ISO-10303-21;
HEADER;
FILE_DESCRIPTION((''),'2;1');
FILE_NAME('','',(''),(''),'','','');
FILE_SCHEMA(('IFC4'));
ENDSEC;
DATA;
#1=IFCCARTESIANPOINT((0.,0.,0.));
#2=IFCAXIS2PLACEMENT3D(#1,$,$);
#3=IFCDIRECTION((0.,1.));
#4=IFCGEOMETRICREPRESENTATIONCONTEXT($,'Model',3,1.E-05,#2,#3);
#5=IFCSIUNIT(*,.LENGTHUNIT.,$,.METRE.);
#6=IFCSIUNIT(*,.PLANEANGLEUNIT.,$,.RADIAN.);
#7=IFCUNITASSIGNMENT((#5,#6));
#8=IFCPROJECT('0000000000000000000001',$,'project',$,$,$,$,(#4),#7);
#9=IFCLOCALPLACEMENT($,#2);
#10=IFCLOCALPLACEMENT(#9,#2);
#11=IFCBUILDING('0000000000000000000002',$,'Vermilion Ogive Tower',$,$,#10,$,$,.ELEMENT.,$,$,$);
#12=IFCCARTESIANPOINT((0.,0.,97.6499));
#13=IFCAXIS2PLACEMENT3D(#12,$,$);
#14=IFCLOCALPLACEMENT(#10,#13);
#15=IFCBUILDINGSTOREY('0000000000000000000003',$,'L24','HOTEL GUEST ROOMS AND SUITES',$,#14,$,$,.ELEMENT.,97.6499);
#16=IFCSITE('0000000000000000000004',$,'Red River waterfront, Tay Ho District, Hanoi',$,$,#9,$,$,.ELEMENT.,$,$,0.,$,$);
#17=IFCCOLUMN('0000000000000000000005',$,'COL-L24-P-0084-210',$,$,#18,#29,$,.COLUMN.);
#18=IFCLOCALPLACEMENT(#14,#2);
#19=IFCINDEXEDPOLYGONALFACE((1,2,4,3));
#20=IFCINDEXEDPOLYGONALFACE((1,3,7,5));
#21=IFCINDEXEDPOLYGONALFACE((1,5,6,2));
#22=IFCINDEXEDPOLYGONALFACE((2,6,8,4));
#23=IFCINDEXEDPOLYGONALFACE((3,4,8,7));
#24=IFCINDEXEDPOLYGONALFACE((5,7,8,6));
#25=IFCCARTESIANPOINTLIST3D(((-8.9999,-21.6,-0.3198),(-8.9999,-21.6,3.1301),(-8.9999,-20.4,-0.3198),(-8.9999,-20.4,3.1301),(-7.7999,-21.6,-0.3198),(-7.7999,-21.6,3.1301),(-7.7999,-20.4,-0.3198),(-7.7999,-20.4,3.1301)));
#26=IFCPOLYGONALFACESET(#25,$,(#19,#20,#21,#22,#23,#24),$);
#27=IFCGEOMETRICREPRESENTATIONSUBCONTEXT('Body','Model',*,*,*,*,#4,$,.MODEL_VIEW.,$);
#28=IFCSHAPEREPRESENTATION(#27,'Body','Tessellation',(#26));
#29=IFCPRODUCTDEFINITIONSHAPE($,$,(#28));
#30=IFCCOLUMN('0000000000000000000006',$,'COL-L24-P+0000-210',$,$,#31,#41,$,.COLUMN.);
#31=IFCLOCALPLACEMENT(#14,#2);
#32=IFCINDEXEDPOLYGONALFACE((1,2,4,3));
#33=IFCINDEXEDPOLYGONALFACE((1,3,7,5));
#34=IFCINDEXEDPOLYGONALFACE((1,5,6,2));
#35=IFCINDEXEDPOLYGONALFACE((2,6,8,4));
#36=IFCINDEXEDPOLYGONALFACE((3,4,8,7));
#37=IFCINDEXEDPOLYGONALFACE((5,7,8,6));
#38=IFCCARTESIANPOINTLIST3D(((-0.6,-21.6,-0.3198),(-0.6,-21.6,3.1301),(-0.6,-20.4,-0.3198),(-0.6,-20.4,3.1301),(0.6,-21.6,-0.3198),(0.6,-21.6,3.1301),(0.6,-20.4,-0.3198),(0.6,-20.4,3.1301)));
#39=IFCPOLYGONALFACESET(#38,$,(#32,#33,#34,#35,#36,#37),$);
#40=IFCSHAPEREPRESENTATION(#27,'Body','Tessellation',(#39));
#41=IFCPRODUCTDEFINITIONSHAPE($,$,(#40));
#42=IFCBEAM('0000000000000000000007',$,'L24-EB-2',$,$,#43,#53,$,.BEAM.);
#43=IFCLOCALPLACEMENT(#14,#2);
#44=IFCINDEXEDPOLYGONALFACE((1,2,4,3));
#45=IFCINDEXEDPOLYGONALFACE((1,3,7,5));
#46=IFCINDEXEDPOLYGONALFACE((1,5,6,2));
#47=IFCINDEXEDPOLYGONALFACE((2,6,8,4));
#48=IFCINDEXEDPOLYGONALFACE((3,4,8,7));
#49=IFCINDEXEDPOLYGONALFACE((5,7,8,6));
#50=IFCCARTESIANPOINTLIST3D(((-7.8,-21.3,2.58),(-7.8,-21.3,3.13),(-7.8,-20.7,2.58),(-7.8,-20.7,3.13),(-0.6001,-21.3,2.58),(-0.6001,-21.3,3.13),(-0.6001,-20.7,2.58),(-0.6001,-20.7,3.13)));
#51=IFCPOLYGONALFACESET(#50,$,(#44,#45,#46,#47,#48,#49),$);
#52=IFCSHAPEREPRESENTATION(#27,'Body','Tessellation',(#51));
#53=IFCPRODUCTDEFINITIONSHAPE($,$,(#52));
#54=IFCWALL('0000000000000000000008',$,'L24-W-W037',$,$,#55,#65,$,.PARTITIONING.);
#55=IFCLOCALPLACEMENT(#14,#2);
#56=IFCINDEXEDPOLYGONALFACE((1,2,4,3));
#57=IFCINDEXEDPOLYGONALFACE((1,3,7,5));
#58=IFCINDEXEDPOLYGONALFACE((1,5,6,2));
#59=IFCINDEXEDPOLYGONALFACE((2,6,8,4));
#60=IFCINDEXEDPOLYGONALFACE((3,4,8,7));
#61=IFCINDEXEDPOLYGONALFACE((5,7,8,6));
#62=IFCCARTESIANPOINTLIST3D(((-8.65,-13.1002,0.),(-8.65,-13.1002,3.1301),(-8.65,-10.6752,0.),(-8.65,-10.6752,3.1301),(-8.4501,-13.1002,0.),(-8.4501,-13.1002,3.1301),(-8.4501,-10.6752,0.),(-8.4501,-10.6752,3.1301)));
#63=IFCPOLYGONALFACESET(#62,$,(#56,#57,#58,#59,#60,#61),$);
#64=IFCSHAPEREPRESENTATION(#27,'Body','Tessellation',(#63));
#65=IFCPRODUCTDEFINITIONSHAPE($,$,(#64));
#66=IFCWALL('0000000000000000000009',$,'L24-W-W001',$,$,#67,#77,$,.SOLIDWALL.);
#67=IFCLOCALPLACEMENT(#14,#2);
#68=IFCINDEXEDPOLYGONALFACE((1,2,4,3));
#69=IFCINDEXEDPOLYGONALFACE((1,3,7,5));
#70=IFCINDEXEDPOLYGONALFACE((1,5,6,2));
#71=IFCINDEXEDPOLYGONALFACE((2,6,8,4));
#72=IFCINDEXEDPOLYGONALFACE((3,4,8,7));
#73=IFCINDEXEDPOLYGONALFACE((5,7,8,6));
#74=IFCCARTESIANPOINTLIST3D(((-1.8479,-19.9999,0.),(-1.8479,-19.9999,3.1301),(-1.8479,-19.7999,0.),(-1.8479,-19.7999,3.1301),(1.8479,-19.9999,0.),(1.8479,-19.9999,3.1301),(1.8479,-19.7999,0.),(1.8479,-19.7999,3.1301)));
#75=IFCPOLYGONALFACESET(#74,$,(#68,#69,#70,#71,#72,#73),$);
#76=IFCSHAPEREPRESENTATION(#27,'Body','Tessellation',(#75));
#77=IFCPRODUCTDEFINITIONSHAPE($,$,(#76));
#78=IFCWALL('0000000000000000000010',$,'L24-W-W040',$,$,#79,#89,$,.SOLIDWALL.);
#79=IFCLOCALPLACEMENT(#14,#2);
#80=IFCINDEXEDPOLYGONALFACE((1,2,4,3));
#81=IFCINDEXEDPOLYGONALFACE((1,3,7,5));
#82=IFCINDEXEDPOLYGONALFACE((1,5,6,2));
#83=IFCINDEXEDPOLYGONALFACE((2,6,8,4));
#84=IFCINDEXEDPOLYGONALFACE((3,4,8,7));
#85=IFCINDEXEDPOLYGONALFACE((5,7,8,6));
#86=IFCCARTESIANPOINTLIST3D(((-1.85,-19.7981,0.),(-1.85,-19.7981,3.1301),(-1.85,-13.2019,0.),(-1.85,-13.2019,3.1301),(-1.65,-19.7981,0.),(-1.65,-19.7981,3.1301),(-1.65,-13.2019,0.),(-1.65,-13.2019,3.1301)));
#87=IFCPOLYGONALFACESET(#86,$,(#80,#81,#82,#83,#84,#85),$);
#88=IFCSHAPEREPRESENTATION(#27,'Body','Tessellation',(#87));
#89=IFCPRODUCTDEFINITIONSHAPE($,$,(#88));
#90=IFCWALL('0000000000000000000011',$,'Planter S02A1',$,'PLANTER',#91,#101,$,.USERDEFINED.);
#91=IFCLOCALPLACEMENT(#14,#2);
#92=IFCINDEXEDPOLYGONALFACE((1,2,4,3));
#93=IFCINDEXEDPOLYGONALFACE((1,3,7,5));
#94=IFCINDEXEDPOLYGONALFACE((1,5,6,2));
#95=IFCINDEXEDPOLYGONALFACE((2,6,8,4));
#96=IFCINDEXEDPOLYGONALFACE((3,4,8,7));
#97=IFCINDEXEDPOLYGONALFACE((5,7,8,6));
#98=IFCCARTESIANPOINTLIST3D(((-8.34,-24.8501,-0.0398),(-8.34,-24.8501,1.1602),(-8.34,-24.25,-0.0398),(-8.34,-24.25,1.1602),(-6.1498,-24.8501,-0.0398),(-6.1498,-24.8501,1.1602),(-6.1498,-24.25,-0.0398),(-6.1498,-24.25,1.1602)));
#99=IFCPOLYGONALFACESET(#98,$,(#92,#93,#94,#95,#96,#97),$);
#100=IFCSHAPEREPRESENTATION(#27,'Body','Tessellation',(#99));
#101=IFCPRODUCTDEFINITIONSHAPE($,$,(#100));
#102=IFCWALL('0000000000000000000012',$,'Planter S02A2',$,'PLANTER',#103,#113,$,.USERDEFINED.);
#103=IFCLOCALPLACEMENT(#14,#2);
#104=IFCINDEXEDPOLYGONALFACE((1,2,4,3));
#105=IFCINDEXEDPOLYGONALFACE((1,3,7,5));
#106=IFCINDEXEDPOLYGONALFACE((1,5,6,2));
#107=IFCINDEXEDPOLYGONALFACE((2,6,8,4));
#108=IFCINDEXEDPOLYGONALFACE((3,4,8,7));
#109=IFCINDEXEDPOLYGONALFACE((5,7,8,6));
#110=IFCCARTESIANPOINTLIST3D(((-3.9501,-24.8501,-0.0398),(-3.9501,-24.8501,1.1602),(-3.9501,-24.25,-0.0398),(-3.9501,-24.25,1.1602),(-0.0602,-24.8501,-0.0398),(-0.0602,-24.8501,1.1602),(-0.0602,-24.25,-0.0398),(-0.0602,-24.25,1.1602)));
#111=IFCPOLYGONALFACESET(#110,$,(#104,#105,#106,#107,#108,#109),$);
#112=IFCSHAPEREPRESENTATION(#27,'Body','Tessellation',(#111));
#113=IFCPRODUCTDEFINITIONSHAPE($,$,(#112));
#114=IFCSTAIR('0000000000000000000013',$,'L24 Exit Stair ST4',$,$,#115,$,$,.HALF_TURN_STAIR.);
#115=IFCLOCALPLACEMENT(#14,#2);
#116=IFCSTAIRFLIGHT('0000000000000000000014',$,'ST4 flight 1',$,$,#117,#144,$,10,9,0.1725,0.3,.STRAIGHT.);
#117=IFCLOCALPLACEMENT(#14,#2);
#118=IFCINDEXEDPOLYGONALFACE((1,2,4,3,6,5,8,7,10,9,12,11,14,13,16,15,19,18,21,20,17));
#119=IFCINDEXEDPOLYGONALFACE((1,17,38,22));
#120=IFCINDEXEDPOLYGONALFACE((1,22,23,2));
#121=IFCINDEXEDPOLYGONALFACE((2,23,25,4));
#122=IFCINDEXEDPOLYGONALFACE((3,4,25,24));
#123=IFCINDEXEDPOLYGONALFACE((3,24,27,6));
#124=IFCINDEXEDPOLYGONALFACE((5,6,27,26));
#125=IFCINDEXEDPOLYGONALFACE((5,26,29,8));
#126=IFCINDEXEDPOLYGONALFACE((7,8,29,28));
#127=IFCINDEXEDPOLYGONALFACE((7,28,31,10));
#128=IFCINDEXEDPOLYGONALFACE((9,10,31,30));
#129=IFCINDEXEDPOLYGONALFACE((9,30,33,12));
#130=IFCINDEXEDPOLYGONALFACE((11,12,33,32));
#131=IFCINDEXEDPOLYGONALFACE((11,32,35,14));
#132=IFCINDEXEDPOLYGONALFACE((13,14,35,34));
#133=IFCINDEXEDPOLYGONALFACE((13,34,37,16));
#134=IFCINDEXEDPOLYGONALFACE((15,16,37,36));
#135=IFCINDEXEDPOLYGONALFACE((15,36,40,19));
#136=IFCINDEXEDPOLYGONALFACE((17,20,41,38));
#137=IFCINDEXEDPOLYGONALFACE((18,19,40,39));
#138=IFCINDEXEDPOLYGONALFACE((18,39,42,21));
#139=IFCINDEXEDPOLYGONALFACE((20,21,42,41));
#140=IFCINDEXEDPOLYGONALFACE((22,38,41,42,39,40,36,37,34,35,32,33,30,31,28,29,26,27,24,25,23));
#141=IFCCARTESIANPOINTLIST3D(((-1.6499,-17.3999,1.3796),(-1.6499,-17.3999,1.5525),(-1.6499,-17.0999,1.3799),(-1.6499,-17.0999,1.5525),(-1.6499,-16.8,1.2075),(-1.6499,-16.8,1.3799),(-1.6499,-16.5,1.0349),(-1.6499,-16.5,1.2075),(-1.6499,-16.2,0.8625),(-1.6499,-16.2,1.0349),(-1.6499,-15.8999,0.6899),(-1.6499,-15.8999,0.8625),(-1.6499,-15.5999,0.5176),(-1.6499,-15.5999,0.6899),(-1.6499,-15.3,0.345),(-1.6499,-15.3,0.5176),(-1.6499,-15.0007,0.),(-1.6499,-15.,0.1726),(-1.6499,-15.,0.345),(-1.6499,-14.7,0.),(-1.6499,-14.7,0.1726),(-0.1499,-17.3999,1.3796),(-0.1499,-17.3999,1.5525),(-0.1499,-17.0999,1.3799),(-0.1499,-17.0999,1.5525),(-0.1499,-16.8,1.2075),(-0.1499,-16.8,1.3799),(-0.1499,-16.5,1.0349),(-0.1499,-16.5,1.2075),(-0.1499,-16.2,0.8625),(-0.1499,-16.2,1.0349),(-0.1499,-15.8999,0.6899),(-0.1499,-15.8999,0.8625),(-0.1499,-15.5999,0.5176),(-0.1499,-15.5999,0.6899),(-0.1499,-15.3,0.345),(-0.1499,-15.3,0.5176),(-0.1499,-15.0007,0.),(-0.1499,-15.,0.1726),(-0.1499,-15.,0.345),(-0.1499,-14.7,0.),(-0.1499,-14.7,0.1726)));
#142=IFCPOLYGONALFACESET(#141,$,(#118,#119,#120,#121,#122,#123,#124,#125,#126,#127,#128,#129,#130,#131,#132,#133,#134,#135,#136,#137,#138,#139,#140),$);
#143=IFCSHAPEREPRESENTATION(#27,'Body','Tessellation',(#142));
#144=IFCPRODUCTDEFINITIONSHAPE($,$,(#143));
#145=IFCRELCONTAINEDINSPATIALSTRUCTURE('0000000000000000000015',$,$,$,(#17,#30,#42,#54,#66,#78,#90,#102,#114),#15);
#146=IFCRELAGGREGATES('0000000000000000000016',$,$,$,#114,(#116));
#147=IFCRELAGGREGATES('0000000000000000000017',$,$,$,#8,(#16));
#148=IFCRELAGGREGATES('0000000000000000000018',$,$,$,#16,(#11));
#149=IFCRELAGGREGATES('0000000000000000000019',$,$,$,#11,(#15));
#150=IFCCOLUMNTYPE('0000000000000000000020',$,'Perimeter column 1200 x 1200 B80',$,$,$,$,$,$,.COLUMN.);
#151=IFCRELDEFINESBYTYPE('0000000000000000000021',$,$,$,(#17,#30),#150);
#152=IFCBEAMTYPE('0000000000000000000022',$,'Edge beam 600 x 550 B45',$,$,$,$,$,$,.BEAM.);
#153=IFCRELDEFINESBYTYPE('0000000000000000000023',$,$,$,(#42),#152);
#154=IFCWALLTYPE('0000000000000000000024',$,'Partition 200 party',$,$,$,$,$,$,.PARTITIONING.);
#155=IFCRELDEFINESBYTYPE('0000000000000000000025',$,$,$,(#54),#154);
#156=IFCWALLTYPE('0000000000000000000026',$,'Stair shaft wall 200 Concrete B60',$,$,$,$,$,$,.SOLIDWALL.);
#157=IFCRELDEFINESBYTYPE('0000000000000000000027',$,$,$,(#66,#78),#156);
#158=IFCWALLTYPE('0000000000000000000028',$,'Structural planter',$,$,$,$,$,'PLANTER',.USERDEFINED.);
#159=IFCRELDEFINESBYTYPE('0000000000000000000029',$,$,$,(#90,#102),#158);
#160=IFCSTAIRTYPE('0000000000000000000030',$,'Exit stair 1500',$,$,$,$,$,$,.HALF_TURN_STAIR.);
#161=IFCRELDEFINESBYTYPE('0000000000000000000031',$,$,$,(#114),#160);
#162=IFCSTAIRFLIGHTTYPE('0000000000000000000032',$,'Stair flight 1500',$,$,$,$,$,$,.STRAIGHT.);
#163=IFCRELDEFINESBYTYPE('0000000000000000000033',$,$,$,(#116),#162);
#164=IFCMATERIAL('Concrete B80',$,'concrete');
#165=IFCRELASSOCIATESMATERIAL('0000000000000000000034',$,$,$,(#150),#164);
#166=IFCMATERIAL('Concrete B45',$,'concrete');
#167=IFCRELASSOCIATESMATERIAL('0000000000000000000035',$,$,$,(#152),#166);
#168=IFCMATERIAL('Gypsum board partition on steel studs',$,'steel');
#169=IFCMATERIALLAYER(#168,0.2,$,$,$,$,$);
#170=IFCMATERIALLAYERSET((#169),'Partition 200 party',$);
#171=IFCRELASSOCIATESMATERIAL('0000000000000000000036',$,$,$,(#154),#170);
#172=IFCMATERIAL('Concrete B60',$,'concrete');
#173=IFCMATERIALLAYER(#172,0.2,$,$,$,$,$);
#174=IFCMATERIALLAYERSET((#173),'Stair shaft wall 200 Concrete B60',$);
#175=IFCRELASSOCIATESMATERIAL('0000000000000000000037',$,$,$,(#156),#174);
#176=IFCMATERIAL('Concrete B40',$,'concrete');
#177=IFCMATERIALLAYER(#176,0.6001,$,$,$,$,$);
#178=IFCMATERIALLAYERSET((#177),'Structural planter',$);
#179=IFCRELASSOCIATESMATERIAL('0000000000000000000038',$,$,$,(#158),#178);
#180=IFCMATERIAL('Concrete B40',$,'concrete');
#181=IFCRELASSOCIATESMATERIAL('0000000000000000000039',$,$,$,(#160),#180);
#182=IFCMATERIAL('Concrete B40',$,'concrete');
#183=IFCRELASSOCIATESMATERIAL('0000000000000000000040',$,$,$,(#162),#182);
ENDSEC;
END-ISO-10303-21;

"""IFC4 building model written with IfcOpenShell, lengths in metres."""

from ifc_helpers import new_model, si_unit, direction, frame, frame_2d, origin, origin_2d, place, context, subcontext, project, spatial, polyline, rectangle, outline, extrude, material, layer, layer_set, material_profile, profile_set, type_object, element, aggregate, save


model = new_model("IFC4")

# Units and contexts
model_context = context("Model", 3, precision=1e-05, world=origin(), true_north=direction((0.0, 1.0)))
body_context = subcontext(model_context, "Body", "Model", "MODEL_VIEW")
ifc_project = project(units=[si_unit("LENGTHUNIT", "METRE"), si_unit("PLANEANGLEUNIT", "RADIAN")], contexts=[model_context])

# Site, building, storey
site_placement = place(None, origin())
site = spatial("IfcSite", under=ifc_project, at=site_placement, Name="Red River waterfront, Tay Ho District, Hanoi", CompositionType="ELEMENT", RefElevation=0.0)
building_placement = place(site_placement, origin())
building = spatial("IfcBuilding", under=site, at=building_placement, Name="Vermilion Ogive Tower", CompositionType="ELEMENT")
storey_placement = place(building_placement, frame((0.0, 0.0, 97.6499)))
storey = spatial("IfcBuildingStorey", under=building, at=storey_placement, Name="L24", Description="HOTEL GUEST ROOMS AND SUITES", CompositionType="ELEMENT", Elevation=97.6499)

# Columns
ifc_material_1 = material(Name="Concrete B80", Category="concrete")
ifc_material_profile_1 = material_profile(ifc_material_1, rectangle(XDim=1.2, YDim=1.2, at=origin_2d()), Name="1200 x 1200")
ifc_profile_set_1 = profile_set([ifc_material_profile_1], Name="Concrete B80")
column_type = type_object("IfcColumnType", Name="Perimeter column 1200 x 1200 B80", PredefinedType="COLUMN", material=ifc_profile_set_1)
for number, where, z_axis, x_axis, name in (
    (1, (-8.3999, -21.0, -0.3198), (0.0, 0.0, 1.0), (1.0, 0.0, 0.0), "COL-L24-P-0084-210"),
    (2, (0.0, -21.0, -0.3198), (0.0, 0.0, 1.0), (1.0, 0.0, 0.0), "COL-L24-P+0000-210"),
):
    element("IfcColumn", number, at=place(storey_placement, frame(where, z_axis=z_axis, x_axis=x_axis)), inside=storey, type_object=column_type, Name=name, PredefinedType="COLUMN", context=body_context, shape_type="SweptSolid", body=[
        extrude(rectangle(XDim=1.2, YDim=1.2, at=origin_2d()), origin(), (0.0, 0.0, 1.0), 3.45),
    ])

# Beam
ifc_material_2 = material(Name="Concrete B45", Category="concrete")
ifc_material_profile_2 = material_profile(ifc_material_2, rectangle(XDim=0.6001, YDim=0.55, at=origin_2d()), Name="600 x 550")
ifc_profile_set_2 = profile_set([ifc_material_profile_2], Name="Concrete B45")
beam_type = type_object("IfcBeamType", Name="Edge beam 600 x 550 B45", PredefinedType="BEAM", material=ifc_profile_set_2)
beam_placement = place(storey_placement, frame((-7.8, -21.0, 2.855), z_axis=(1.0, 0.0, 0.0), x_axis=(0.0, 1.0, 0.0)))
element("IfcBeam", 3, at=beam_placement, inside=storey, type_object=beam_type, Name="L24-EB-2", PredefinedType="BEAM", context=body_context, shape_type="SweptSolid", body=[
    extrude(rectangle(XDim=0.6001, YDim=0.55, at=origin_2d()), origin(), (0.0, 0.0, 1.0), 7.2),
])

# Walls
ifc_material_3 = material(Name="Gypsum board partition on steel studs", Category="steel")
ifc_layer_1 = layer(ifc_material_3, 0.2)
ifc_layer_set_1 = layer_set([ifc_layer_1], Name="Partition 200 party")
wall_type_1 = type_object("IfcWallType", Name="Partition 200 party", PredefinedType="PARTITIONING", material=ifc_layer_set_1)
wall_1_placement = place(storey_placement, frame((-8.55, -13.1001, 0.0), z_axis=(0.0, 0.0, 1.0), x_axis=(0.0, 1.0, 0.0)))
element("IfcWall", 4, at=wall_1_placement, inside=storey, type_object=wall_type_1, Name="L24-W-W037", PredefinedType="PARTITIONING", context=body_context, shape_type="SweptSolid", body=[
    extrude(rectangle(XDim=2.425, YDim=0.2, at=frame_2d((1.2124, 0.0))), origin(), (0.0, 0.0, 1.0), 3.1301),
])
ifc_material_4 = material(Name="Concrete B60", Category="concrete")
ifc_layer_2 = layer(ifc_material_4, 0.2)
ifc_layer_set_2 = layer_set([ifc_layer_2], Name="Stair shaft wall 200 Concrete B60")
wall_type_2 = type_object("IfcWallType", Name="Stair shaft wall 200 Concrete B60", PredefinedType="SOLIDWALL", material=ifc_layer_set_2)
wall_2_placement = place(storey_placement, frame((-1.8479, -19.8999, 0.0), z_axis=(0.0, 0.0, 1.0), x_axis=(1.0, 0.0, 0.0)))
element("IfcWall", 5, at=wall_2_placement, inside=storey, type_object=wall_type_2, Name="L24-W-W001", PredefinedType="SOLIDWALL", context=body_context, shape_type="SweptSolid", body=[
    extrude(rectangle(XDim=3.6958, YDim=0.2, at=frame_2d((1.8479, 0.0))), origin(), (0.0, 0.0, 1.0), 3.1301),
])
wall_3_placement = place(storey_placement, frame((-1.75, -19.7981, 0.0), z_axis=(0.0, 0.0, 1.0), x_axis=(0.0, 1.0, 0.0)))
element("IfcWall", 6, at=wall_3_placement, inside=storey, type_object=wall_type_2, Name="L24-W-W040", PredefinedType="SOLIDWALL", context=body_context, shape_type="SweptSolid", body=[
    extrude(rectangle(XDim=6.5962, YDim=0.2, at=frame_2d((3.2981, 0.0))), origin(), (0.0, 0.0, 1.0), 3.1301),
])
ifc_material_5 = material(Name="Concrete B40", Category="concrete")
ifc_layer_3 = layer(ifc_material_5, 0.6001)
ifc_layer_set_3 = layer_set([ifc_layer_3], Name="Structural planter")
wall_type_3 = type_object("IfcWallType", Name="Structural planter", ElementType="PLANTER", PredefinedType="USERDEFINED", material=ifc_layer_set_3)
wall_4_placement = place(storey_placement, frame((-8.3401, -24.55, -0.0398), z_axis=(0.0, 0.0, 1.0), x_axis=(1.0, 0.0, 0.0)))
element("IfcWall", 7, at=wall_4_placement, inside=storey, type_object=wall_type_3, Name="Planter S02A1", ObjectType="PLANTER", PredefinedType="USERDEFINED", context=body_context, shape_type="SweptSolid", body=[
    extrude(rectangle(XDim=2.1902, YDim=0.6001, at=frame_2d((1.0952, 0.0))), origin(), (0.0, 0.0, 1.0), 1.2),
])
wall_5_placement = place(storey_placement, frame((-3.95, -24.55, -0.0398), z_axis=(0.0, 0.0, 1.0), x_axis=(1.0, 0.0, 0.0)))
element("IfcWall", 8, at=wall_5_placement, inside=storey, type_object=wall_type_3, Name="Planter S02A2", ObjectType="PLANTER", PredefinedType="USERDEFINED", context=body_context, shape_type="SweptSolid", body=[
    extrude(rectangle(XDim=3.8899, YDim=0.6001, at=frame_2d((1.9448, 0.0))), origin(), (0.0, 0.0, 1.0), 1.2),
])

# Stair, stair flight
ifc_material_6 = material(Name="Concrete B40", Category="concrete")
stair_type = type_object("IfcStairType", Name="Exit stair 1500", PredefinedType="HALF_TURN_STAIR", material=ifc_material_6)
stair_placement = place(storey_placement, origin())
stair = element("IfcStair", 9, at=stair_placement, inside=storey, type_object=stair_type, Name="L24 Exit Stair ST4", PredefinedType="HALF_TURN_STAIR")
ifc_material_7 = material(Name="Concrete B40", Category="concrete")
stair_flight_type = type_object("IfcStairFlightType", Name="Stair flight 1500", PredefinedType="STRAIGHT", material=ifc_material_7)
stair_flight_placement = place(storey_placement, frame((-0.8999, -14.7, 0.0), z_axis=(0.0, 0.0, 1.0), x_axis=(0.0, -1.0, 0.0)))
stair_flight = element("IfcStairFlight", 10, at=stair_flight_placement, type_object=stair_flight_type, Name="ST4 flight 1", NumberOfRisers=10, NumberOfTreads=9, PredefinedType="STRAIGHT", RiserHeight=0.1725, TreadLength=0.3, context=body_context, shape_type="SweptSolid", body=[
    extrude(outline(polyline([(0.0, 0.0), (0.0, 0.1726), (0.3, 0.1726), (0.3, 0.345), (0.6001, 0.345), (0.6001, 0.5176), (0.8999, 0.5176), (0.8999, 0.6899), (1.2, 0.6899), (1.2, 0.8625), (1.5, 0.8625), (1.5, 1.0349), (1.8, 1.0349), (1.8, 1.2075), (2.1001, 1.2075), (2.1001, 1.3799), (2.3999, 1.3799), (2.3999, 1.5525), (2.7, 1.5525), (2.7, 1.7251), (2.7, 1.3796), (0.3008, 0.0), (0.0, 0.0)])), frame((0.0, 0.75, 0.0), z_axis=(0.0, -1.0, 0.0), x_axis=(1.0, 0.0, 0.0)), (0.0, 0.0, 1.0), 1.5),
])
aggregate(stair, [stair_flight])

save(model, "model.ifc")
